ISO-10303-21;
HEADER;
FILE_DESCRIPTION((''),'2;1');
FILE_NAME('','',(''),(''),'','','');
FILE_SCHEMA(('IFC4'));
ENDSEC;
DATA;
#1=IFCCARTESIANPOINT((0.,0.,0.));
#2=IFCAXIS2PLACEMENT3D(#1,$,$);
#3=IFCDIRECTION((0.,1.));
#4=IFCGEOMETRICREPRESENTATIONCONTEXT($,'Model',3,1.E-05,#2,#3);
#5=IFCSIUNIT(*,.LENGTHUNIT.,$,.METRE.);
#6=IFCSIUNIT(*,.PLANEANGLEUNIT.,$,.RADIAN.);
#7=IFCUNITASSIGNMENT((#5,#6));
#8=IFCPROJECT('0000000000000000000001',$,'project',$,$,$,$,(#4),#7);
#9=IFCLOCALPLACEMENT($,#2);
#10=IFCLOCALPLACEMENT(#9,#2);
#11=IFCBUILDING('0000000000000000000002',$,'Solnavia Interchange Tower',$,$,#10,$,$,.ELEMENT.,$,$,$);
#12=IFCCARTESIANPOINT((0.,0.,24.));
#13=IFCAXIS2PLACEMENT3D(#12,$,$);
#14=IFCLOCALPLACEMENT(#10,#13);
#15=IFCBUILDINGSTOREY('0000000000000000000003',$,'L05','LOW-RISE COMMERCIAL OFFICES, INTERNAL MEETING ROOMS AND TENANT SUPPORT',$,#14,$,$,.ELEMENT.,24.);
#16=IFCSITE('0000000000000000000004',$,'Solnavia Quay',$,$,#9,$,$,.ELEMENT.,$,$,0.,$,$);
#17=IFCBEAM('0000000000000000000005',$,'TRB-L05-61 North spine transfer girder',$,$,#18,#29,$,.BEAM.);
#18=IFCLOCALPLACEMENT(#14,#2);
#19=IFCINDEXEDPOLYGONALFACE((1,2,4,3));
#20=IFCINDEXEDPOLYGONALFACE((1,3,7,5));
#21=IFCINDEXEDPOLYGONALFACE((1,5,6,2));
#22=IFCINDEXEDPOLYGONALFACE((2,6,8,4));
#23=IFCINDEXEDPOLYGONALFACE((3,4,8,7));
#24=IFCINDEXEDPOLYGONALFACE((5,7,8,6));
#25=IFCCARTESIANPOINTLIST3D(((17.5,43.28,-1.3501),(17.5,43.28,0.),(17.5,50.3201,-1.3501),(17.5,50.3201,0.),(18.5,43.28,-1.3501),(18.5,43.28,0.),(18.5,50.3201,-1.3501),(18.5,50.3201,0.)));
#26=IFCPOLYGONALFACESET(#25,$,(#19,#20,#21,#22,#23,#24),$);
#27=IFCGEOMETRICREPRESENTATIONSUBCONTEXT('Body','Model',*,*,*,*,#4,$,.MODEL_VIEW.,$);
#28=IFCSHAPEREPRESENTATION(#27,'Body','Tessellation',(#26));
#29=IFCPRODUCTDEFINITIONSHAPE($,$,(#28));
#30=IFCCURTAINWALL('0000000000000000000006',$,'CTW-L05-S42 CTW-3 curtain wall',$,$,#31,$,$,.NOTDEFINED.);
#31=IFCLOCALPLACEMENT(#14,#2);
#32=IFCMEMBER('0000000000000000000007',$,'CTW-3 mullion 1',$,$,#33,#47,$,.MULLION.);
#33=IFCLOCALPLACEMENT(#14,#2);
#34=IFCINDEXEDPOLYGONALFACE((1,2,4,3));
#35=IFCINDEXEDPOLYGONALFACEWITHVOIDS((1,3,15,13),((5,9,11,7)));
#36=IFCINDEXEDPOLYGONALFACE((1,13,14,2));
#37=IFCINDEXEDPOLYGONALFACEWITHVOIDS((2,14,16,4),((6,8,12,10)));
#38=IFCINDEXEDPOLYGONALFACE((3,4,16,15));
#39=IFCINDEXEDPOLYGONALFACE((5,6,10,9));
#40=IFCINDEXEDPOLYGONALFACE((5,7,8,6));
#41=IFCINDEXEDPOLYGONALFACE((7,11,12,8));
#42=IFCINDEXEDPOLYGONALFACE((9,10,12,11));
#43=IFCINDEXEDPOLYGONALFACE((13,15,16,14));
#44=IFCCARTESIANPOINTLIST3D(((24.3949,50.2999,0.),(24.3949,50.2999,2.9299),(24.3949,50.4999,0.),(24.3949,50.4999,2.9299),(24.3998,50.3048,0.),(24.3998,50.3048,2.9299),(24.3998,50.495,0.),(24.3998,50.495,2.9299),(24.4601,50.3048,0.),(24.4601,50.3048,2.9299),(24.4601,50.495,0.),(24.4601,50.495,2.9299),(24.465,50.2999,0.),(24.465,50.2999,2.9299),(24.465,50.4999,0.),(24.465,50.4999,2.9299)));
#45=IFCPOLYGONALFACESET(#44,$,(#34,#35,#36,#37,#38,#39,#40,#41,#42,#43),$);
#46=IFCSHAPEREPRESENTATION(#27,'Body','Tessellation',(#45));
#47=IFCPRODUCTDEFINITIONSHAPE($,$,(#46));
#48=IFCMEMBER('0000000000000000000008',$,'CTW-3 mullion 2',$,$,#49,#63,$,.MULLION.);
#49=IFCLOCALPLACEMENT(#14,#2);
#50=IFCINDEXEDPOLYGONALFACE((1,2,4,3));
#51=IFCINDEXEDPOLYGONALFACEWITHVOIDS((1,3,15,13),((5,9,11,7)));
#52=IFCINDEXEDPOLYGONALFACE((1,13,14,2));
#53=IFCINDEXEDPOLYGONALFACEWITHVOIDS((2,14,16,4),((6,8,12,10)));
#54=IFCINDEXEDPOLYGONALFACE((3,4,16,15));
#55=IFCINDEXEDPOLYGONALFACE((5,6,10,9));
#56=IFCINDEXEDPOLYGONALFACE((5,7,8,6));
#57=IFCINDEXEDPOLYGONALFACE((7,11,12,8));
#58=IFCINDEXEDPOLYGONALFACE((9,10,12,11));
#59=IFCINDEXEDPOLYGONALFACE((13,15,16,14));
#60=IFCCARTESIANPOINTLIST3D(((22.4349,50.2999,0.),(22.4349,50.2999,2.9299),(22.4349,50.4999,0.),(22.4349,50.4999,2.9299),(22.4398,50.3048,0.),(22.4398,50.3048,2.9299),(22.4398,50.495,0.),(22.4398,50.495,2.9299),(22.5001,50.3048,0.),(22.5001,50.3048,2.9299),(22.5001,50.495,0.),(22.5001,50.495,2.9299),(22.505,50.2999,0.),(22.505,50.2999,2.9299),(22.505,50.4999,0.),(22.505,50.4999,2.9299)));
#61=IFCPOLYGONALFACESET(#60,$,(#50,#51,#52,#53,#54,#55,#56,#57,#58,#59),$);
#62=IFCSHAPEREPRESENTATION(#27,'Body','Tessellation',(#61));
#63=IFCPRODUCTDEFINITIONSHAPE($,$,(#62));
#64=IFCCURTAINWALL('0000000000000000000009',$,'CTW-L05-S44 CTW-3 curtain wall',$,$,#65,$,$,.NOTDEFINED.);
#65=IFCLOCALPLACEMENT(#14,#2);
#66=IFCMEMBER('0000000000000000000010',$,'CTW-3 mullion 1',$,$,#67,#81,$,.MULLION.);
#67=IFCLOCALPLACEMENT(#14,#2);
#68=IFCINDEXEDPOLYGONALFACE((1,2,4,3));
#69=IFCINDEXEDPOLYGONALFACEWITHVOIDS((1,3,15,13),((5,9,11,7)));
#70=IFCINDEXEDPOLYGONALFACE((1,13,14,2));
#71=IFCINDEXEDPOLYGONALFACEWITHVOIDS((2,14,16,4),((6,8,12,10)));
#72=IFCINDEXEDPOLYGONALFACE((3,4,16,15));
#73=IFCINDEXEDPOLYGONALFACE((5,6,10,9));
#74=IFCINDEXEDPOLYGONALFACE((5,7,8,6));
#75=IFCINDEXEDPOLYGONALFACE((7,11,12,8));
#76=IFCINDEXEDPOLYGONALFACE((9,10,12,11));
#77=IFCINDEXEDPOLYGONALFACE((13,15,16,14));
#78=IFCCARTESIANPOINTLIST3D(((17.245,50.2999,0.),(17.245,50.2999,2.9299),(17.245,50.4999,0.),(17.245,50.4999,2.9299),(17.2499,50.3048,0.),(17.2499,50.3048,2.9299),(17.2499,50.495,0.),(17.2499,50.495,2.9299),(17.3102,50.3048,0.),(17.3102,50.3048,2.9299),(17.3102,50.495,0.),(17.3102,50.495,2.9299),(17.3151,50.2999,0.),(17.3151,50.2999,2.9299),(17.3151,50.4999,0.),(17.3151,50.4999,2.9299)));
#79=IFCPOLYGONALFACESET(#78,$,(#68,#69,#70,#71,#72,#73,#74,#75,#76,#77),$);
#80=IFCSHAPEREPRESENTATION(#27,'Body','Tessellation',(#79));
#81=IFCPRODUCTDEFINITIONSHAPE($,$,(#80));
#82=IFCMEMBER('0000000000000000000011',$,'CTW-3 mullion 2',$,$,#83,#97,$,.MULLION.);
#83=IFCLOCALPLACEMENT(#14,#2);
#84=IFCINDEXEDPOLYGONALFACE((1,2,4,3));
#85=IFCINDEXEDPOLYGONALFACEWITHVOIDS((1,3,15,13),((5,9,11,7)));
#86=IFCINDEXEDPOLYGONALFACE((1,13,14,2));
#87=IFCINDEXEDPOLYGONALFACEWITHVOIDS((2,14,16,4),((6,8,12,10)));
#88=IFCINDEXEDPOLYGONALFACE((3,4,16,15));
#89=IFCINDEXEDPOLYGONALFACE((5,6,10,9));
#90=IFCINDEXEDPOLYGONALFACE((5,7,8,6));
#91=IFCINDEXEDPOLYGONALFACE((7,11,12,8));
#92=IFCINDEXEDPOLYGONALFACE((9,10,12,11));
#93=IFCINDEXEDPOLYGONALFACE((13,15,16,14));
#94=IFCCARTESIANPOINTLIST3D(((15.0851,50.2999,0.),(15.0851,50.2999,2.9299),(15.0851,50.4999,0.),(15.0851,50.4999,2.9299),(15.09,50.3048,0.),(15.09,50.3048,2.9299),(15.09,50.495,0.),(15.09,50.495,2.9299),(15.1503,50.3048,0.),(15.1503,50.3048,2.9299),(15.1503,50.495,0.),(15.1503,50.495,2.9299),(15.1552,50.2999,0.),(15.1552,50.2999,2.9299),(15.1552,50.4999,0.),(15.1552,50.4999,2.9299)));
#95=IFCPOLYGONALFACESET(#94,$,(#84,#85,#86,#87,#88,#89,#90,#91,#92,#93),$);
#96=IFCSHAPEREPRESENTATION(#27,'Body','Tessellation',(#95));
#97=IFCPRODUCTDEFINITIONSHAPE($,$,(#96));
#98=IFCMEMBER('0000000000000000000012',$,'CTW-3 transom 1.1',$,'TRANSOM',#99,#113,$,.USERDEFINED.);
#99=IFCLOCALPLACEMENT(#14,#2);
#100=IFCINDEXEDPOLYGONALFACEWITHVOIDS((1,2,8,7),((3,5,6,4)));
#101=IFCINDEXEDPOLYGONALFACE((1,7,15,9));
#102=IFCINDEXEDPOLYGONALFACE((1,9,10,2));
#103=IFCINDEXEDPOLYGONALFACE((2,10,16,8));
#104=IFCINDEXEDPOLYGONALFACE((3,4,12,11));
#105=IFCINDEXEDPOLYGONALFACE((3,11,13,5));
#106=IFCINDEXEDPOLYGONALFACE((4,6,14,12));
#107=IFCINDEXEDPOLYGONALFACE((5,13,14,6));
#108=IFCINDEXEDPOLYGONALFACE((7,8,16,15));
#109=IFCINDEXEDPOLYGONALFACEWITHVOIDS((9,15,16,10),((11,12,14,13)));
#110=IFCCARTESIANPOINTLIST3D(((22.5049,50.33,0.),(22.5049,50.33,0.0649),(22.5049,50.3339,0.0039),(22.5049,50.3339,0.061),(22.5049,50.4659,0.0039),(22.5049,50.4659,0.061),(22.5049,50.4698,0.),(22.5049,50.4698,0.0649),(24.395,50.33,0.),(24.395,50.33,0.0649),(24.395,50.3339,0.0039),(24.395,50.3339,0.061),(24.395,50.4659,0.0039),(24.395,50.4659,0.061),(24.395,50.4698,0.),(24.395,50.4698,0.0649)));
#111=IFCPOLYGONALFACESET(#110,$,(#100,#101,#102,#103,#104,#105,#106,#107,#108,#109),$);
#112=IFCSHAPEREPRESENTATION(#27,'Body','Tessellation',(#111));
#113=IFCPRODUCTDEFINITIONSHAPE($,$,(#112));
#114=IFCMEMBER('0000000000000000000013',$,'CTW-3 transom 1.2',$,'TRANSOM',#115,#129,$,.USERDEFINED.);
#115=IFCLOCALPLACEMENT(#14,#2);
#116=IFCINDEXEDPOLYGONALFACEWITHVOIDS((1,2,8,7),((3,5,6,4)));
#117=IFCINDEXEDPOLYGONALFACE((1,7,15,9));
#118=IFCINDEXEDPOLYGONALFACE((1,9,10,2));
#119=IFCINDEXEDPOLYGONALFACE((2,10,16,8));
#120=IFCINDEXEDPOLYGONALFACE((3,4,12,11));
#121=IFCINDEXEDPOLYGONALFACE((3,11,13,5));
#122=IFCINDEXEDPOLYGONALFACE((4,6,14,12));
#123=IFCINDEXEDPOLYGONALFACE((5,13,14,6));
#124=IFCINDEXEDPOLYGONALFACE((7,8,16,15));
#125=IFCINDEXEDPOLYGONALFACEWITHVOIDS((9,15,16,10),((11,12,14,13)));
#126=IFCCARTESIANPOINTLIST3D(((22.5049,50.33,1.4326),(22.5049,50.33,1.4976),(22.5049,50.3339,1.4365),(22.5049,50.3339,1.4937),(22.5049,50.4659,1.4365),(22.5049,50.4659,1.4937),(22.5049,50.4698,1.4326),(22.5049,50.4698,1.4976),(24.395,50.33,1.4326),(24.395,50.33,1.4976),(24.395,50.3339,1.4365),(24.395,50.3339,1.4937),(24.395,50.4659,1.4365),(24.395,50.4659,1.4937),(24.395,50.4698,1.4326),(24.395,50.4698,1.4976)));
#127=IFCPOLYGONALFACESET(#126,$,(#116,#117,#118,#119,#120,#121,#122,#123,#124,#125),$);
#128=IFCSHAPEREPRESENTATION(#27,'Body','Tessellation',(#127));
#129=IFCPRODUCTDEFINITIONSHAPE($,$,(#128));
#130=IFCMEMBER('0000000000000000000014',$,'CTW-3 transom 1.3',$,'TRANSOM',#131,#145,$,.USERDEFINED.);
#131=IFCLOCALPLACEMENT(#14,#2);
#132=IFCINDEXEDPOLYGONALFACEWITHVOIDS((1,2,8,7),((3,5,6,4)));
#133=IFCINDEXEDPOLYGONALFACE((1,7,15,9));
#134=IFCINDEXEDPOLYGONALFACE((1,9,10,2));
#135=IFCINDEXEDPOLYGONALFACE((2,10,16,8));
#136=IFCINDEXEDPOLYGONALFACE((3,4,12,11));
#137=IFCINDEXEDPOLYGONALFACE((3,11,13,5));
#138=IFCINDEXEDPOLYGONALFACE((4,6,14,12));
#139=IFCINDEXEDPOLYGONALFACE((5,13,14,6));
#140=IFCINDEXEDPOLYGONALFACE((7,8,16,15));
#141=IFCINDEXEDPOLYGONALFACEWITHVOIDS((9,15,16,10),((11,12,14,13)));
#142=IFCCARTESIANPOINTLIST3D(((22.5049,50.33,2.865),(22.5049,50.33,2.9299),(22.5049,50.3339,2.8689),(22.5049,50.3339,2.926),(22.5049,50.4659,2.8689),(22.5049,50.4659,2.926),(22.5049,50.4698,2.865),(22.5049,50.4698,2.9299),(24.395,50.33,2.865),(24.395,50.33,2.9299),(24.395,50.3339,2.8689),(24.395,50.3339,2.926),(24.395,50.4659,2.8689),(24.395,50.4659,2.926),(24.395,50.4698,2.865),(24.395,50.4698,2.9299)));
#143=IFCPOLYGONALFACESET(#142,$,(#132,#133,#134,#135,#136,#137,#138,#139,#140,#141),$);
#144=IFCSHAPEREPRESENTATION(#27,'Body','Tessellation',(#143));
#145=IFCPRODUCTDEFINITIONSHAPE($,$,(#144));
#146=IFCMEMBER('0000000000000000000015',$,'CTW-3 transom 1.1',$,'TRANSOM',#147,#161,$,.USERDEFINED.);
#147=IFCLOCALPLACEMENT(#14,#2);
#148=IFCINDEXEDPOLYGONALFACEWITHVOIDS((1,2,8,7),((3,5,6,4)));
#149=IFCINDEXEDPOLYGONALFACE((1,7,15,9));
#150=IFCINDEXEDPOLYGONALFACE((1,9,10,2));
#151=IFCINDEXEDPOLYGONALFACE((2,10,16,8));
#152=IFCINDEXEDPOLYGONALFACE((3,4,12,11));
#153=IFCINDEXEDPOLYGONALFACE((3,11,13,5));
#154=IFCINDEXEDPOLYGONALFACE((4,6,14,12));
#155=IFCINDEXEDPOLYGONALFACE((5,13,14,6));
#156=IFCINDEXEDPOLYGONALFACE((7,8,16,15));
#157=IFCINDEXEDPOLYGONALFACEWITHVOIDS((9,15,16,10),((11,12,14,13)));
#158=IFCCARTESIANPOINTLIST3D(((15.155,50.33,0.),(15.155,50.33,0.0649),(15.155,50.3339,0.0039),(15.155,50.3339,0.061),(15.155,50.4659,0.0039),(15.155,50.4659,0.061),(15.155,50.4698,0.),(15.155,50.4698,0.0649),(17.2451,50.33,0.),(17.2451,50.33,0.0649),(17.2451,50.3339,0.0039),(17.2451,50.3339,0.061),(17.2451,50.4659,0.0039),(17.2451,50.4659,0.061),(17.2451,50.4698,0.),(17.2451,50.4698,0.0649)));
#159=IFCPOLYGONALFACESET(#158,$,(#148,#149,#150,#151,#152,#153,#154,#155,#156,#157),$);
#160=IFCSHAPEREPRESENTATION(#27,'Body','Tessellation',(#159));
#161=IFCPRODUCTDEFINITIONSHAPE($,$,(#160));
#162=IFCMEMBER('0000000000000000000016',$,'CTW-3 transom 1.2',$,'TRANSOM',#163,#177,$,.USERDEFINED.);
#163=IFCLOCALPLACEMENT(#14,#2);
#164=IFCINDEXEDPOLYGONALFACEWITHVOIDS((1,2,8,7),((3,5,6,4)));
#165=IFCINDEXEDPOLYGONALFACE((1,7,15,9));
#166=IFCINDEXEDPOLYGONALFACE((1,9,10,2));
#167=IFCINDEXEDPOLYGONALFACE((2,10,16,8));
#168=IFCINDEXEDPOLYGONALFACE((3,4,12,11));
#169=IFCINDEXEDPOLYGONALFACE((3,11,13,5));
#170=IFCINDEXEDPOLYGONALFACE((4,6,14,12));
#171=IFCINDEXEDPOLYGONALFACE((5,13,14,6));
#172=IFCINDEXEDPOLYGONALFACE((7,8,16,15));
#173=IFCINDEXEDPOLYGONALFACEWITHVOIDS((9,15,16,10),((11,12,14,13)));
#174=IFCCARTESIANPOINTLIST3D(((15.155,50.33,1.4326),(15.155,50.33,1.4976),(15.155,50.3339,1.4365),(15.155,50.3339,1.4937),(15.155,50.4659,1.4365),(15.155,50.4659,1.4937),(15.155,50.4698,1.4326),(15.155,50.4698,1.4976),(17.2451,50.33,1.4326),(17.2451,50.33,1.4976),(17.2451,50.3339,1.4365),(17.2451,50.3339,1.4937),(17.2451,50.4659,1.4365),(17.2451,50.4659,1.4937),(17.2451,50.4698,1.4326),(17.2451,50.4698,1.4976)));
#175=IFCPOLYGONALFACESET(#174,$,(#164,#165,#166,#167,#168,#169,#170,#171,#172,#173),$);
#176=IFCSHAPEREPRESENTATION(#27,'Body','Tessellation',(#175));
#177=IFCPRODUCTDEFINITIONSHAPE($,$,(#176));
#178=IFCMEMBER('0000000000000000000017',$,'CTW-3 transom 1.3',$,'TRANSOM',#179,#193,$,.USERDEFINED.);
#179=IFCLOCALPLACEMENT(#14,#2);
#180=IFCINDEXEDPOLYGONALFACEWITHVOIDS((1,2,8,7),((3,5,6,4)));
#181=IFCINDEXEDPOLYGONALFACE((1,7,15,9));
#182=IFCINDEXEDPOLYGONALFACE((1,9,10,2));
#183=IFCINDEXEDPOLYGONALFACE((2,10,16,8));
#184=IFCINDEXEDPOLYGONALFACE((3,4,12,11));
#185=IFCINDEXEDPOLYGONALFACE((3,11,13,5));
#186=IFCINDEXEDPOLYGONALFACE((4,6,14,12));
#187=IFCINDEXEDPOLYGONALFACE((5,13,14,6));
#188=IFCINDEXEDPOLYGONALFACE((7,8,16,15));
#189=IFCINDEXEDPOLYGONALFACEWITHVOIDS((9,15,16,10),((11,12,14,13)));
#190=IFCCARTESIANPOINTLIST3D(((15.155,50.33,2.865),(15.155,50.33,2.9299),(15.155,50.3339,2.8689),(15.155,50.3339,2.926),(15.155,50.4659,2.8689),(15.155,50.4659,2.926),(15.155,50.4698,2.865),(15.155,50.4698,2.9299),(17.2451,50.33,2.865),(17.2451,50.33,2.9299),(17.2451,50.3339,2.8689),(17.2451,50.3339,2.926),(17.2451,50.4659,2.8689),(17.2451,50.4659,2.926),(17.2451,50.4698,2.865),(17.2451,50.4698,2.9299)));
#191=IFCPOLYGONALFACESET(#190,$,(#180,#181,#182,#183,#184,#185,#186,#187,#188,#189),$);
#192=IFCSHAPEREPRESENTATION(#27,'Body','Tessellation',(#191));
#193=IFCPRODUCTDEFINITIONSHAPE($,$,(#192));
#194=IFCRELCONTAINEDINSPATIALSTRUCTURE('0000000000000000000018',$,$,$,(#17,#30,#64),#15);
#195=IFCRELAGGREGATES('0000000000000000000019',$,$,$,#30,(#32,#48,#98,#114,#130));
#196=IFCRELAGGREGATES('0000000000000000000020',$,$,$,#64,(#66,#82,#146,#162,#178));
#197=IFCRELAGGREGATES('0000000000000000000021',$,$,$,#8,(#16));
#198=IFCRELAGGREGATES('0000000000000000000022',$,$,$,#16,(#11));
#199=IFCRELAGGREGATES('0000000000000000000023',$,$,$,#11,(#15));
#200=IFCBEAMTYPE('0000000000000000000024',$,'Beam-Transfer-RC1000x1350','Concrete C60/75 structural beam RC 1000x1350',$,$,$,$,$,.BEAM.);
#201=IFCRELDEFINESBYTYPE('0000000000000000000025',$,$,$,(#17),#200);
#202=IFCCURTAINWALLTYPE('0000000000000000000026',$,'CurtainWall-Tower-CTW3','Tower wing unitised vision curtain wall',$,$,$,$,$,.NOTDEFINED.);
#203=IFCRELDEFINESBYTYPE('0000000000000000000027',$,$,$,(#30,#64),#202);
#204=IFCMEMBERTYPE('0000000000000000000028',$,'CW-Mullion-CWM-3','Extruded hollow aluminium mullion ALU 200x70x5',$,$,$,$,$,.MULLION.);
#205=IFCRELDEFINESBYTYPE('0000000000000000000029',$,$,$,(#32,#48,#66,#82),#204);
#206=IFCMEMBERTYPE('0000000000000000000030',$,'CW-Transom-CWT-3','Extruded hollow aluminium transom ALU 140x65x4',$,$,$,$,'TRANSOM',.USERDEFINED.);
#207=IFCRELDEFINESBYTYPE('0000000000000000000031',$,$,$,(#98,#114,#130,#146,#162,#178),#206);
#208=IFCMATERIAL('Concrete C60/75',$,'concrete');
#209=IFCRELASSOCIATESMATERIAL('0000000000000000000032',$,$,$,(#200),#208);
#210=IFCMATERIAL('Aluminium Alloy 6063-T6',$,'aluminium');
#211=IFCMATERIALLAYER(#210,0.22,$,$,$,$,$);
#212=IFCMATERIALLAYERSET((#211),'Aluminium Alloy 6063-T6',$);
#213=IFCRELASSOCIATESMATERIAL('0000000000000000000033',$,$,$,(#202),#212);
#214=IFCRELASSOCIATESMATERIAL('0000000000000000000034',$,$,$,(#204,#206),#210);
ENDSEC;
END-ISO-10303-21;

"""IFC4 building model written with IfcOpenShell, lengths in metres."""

from ifc_helpers import new_model, si_unit, direction, frame, origin, origin_2d, place, context, subcontext, project, spatial, rectangle, hollow_rectangle, extrude, material, layer, layer_set, material_profile, profile_set, type_object, element, aggregate, save


model = new_model("IFC4")

# Units and contexts
model_context = context("Model", 3, precision=1e-05, world=origin(), true_north=direction((0.0, 1.0)))
body_context = subcontext(model_context, "Body", "Model", "MODEL_VIEW")
ifc_project = project(units=[si_unit("LENGTHUNIT", "METRE"), si_unit("PLANEANGLEUNIT", "RADIAN")], contexts=[model_context])

# Site, building, storey
site_placement = place(None, origin())
site = spatial("IfcSite", under=ifc_project, at=site_placement, Name="Solnavia Quay", CompositionType="ELEMENT", RefElevation=0.0)
building_placement = place(site_placement, origin())
building = spatial("IfcBuilding", under=site, at=building_placement, Name="Solnavia Interchange Tower", CompositionType="ELEMENT")
storey_placement = place(building_placement, frame((0.0, 0.0, 24.0)))
storey = spatial("IfcBuildingStorey", under=building, at=storey_placement, Name="L05", Description="LOW-RISE COMMERCIAL OFFICES, INTERNAL MEETING ROOMS AND TENANT SUPPORT", CompositionType="ELEMENT", Elevation=24.0)

# Shared definitions
ifc_material_1 = material(Name="Concrete C60/75", Category="concrete")

# Beam
ifc_material_profile_1 = material_profile(ifc_material_1, rectangle(XDim=1.0, YDim=1.3501, at=origin_2d()), Name="RC 1000x1350")
ifc_profile_set_1 = profile_set([ifc_material_profile_1], Name="Concrete C60/75")
beam_type_1 = type_object("IfcBeamType", Name="Beam-Transfer-RC1000x1350", Description="Concrete C60/75 structural beam RC 1000x1350", PredefinedType="BEAM", material=ifc_profile_set_1)
for number, where, z_axis, x_axis, name in (
    (1, (18.0, 43.28, -0.675), (0.0, 1.0, 0.0), (-1.0, 0.0, 0.0), "TRB-L05-61 North spine transfer girder"),
):
    element("IfcBeam", number, at=place(storey_placement, frame(where, z_axis=z_axis, x_axis=x_axis)), inside=storey, type_object=beam_type_1, Name=name, PredefinedType="BEAM", context=body_context, shape_type="SweptSolid", body=[
        extrude(rectangle(XDim=1.0, YDim=1.3501, at=origin_2d()), origin(), (0.0, 0.0, 1.0), 7.04),
    ])

# Curtain walls, members
ifc_material_2 = material(Name="Aluminium Alloy 6063-T6", Category="aluminium")
ifc_layer_1 = layer(ifc_material_2, 0.22)
ifc_layer_set_1 = layer_set([ifc_layer_1], Name="Aluminium Alloy 6063-T6")
curtain_wall_type = type_object("IfcCurtainWallType", Name="CurtainWall-Tower-CTW3", Description="Tower wing unitised vision curtain wall", PredefinedType="NOTDEFINED", material=ifc_layer_set_1)
curtain_wall_1_placement = place(storey_placement, origin())
curtain_wall_1 = element("IfcCurtainWall", 2, at=curtain_wall_1_placement, inside=storey, type_object=curtain_wall_type, Name="CTW-L05-S42 CTW-3 curtain wall", PredefinedType="NOTDEFINED")
ifc_material_profile_2 = material_profile(ifc_material_2, hollow_rectangle(XDim=0.0701, YDim=0.2, WallThickness=0.0049, at=origin_2d()), Name="ALU 200x70x5")
ifc_profile_set_2 = profile_set([ifc_material_profile_2], Name="Aluminium Alloy 6063-T6")
member_type_1 = type_object("IfcMemberType", Name="CW-Mullion-CWM-3", Description="Extruded hollow aluminium mullion ALU 200x70x5", PredefinedType="MULLION", material=ifc_profile_set_2)
member_1_placement = place(storey_placement, frame((24.4299, 50.3999, 0.0), z_axis=(0.0, 0.0, 1.0), x_axis=(-1.0, 0.0, 0.0)))
member_1 = element("IfcMember", 3, at=member_1_placement, type_object=member_type_1, Name="CTW-3 mullion 1", PredefinedType="MULLION", context=body_context, shape_type="SweptSolid", body=[
    extrude(hollow_rectangle(XDim=0.0701, YDim=0.2, WallThickness=0.0049, at=origin_2d()), origin(), (0.0, 0.0, 1.0), 2.9299),
])
member_2_placement = place(storey_placement, frame((22.47, 50.3999, 0.0), z_axis=(0.0, 0.0, 1.0), x_axis=(-1.0, 0.0, 0.0)))
member_2 = element("IfcMember", 4, at=member_2_placement, type_object=member_type_1, Name="CTW-3 mullion 2", PredefinedType="MULLION", context=body_context, shape_type="SweptSolid", body=[
    extrude(hollow_rectangle(XDim=0.0701, YDim=0.2, WallThickness=0.0049, at=origin_2d()), origin(), (0.0, 0.0, 1.0), 2.9299),
])
curtain_wall_2_placement = place(storey_placement, origin())
curtain_wall_2 = element("IfcCurtainWall", 5, at=curtain_wall_2_placement, inside=storey, type_object=curtain_wall_type, Name="CTW-L05-S44 CTW-3 curtain wall", PredefinedType="NOTDEFINED")
member_3_placement = place(storey_placement, frame((17.28, 50.3999, 0.0), z_axis=(0.0, 0.0, 1.0), x_axis=(-1.0, 0.0, 0.0)))
member_3 = element("IfcMember", 6, at=member_3_placement, type_object=member_type_1, Name="CTW-3 mullion 1", PredefinedType="MULLION", context=body_context, shape_type="SweptSolid", body=[
    extrude(hollow_rectangle(XDim=0.0701, YDim=0.2, WallThickness=0.0049, at=origin_2d()), origin(), (0.0, 0.0, 1.0), 2.9299),
])
member_4_placement = place(storey_placement, frame((15.1201, 50.3999, 0.0), z_axis=(0.0, 0.0, 1.0), x_axis=(-1.0, 0.0, 0.0)))
member_4 = element("IfcMember", 7, at=member_4_placement, type_object=member_type_1, Name="CTW-3 mullion 2", PredefinedType="MULLION", context=body_context, shape_type="SweptSolid", body=[
    extrude(hollow_rectangle(XDim=0.0701, YDim=0.2, WallThickness=0.0049, at=origin_2d()), origin(), (0.0, 0.0, 1.0), 2.9299),
])

# Members
ifc_material_profile_3 = material_profile(ifc_material_2, hollow_rectangle(XDim=0.0649, YDim=0.1399, WallThickness=0.0039, at=origin_2d()), Name="ALU 140x65x4")
ifc_profile_set_3 = profile_set([ifc_material_profile_3], Name="Aluminium Alloy 6063-T6")
member_type_2 = type_object("IfcMemberType", Name="CW-Transom-CWT-3", Description="Extruded hollow aluminium transom ALU 140x65x4", ElementType="TRANSOM", PredefinedType="USERDEFINED", material=ifc_profile_set_3)
member_5_placement = place(storey_placement, frame((24.395, 50.3999, 0.0325), z_axis=(-1.0, 0.0, 0.0), x_axis=(0.0, 0.0, 1.0)))
member_5 = element("IfcMember", 8, at=member_5_placement, type_object=member_type_2, Name="CTW-3 transom 1.1", ObjectType="TRANSOM", PredefinedType="USERDEFINED", context=body_context, shape_type="SweptSolid", body=[
    extrude(hollow_rectangle(XDim=0.0649, YDim=0.1399, WallThickness=0.0039, at=origin_2d()), origin(), (0.0, 0.0, 1.0), 1.8901),
])
member_6_placement = place(storey_placement, frame((24.395, 50.3999, 1.4651), z_axis=(-1.0, 0.0, 0.0), x_axis=(0.0, 0.0, 1.0)))
member_6 = element("IfcMember", 9, at=member_6_placement, type_object=member_type_2, Name="CTW-3 transom 1.2", ObjectType="TRANSOM", PredefinedType="USERDEFINED", context=body_context, shape_type="SweptSolid", body=[
    extrude(hollow_rectangle(XDim=0.0649, YDim=0.1399, WallThickness=0.0039, at=origin_2d()), origin(), (0.0, 0.0, 1.0), 1.8901),
])
member_7_placement = place(storey_placement, frame((24.395, 50.3999, 2.8975), z_axis=(-1.0, 0.0, 0.0), x_axis=(0.0, 0.0, 1.0)))
member_7 = element("IfcMember", 10, at=member_7_placement, type_object=member_type_2, Name="CTW-3 transom 1.3", ObjectType="TRANSOM", PredefinedType="USERDEFINED", context=body_context, shape_type="SweptSolid", body=[
    extrude(hollow_rectangle(XDim=0.0649, YDim=0.1399, WallThickness=0.0039, at=origin_2d()), origin(), (0.0, 0.0, 1.0), 1.8901),
])
member_8_placement = place(storey_placement, frame((17.2451, 50.3999, 0.0325), z_axis=(-1.0, 0.0, 0.0), x_axis=(0.0, 0.0, 1.0)))
member_8 = element("IfcMember", 11, at=member_8_placement, type_object=member_type_2, Name="CTW-3 transom 1.1", ObjectType="TRANSOM", PredefinedType="USERDEFINED", context=body_context, shape_type="SweptSolid", body=[
    extrude(hollow_rectangle(XDim=0.0649, YDim=0.1399, WallThickness=0.0039, at=origin_2d()), origin(), (0.0, 0.0, 1.0), 2.0901),
])
member_9_placement = place(storey_placement, frame((17.2451, 50.3999, 1.4651), z_axis=(-1.0, 0.0, 0.0), x_axis=(0.0, 0.0, 1.0)))
member_9 = element("IfcMember", 12, at=member_9_placement, type_object=member_type_2, Name="CTW-3 transom 1.2", ObjectType="TRANSOM", PredefinedType="USERDEFINED", context=body_context, shape_type="SweptSolid", body=[
    extrude(hollow_rectangle(XDim=0.0649, YDim=0.1399, WallThickness=0.0039, at=origin_2d()), origin(), (0.0, 0.0, 1.0), 2.0901),
])
member_10_placement = place(storey_placement, frame((17.2451, 50.3999, 2.8975), z_axis=(-1.0, 0.0, 0.0), x_axis=(0.0, 0.0, 1.0)))
member_10 = element("IfcMember", 13, at=member_10_placement, type_object=member_type_2, Name="CTW-3 transom 1.3", ObjectType="TRANSOM", PredefinedType="USERDEFINED", context=body_context, shape_type="SweptSolid", body=[
    extrude(hollow_rectangle(XDim=0.0649, YDim=0.1399, WallThickness=0.0039, at=origin_2d()), origin(), (0.0, 0.0, 1.0), 2.0901),
])

aggregate(curtain_wall_1, [member_1, member_2, member_5, member_6, member_7])
aggregate(curtain_wall_2, [member_3, member_4, member_8, member_9, member_10])

save(model, "model.ifc")
